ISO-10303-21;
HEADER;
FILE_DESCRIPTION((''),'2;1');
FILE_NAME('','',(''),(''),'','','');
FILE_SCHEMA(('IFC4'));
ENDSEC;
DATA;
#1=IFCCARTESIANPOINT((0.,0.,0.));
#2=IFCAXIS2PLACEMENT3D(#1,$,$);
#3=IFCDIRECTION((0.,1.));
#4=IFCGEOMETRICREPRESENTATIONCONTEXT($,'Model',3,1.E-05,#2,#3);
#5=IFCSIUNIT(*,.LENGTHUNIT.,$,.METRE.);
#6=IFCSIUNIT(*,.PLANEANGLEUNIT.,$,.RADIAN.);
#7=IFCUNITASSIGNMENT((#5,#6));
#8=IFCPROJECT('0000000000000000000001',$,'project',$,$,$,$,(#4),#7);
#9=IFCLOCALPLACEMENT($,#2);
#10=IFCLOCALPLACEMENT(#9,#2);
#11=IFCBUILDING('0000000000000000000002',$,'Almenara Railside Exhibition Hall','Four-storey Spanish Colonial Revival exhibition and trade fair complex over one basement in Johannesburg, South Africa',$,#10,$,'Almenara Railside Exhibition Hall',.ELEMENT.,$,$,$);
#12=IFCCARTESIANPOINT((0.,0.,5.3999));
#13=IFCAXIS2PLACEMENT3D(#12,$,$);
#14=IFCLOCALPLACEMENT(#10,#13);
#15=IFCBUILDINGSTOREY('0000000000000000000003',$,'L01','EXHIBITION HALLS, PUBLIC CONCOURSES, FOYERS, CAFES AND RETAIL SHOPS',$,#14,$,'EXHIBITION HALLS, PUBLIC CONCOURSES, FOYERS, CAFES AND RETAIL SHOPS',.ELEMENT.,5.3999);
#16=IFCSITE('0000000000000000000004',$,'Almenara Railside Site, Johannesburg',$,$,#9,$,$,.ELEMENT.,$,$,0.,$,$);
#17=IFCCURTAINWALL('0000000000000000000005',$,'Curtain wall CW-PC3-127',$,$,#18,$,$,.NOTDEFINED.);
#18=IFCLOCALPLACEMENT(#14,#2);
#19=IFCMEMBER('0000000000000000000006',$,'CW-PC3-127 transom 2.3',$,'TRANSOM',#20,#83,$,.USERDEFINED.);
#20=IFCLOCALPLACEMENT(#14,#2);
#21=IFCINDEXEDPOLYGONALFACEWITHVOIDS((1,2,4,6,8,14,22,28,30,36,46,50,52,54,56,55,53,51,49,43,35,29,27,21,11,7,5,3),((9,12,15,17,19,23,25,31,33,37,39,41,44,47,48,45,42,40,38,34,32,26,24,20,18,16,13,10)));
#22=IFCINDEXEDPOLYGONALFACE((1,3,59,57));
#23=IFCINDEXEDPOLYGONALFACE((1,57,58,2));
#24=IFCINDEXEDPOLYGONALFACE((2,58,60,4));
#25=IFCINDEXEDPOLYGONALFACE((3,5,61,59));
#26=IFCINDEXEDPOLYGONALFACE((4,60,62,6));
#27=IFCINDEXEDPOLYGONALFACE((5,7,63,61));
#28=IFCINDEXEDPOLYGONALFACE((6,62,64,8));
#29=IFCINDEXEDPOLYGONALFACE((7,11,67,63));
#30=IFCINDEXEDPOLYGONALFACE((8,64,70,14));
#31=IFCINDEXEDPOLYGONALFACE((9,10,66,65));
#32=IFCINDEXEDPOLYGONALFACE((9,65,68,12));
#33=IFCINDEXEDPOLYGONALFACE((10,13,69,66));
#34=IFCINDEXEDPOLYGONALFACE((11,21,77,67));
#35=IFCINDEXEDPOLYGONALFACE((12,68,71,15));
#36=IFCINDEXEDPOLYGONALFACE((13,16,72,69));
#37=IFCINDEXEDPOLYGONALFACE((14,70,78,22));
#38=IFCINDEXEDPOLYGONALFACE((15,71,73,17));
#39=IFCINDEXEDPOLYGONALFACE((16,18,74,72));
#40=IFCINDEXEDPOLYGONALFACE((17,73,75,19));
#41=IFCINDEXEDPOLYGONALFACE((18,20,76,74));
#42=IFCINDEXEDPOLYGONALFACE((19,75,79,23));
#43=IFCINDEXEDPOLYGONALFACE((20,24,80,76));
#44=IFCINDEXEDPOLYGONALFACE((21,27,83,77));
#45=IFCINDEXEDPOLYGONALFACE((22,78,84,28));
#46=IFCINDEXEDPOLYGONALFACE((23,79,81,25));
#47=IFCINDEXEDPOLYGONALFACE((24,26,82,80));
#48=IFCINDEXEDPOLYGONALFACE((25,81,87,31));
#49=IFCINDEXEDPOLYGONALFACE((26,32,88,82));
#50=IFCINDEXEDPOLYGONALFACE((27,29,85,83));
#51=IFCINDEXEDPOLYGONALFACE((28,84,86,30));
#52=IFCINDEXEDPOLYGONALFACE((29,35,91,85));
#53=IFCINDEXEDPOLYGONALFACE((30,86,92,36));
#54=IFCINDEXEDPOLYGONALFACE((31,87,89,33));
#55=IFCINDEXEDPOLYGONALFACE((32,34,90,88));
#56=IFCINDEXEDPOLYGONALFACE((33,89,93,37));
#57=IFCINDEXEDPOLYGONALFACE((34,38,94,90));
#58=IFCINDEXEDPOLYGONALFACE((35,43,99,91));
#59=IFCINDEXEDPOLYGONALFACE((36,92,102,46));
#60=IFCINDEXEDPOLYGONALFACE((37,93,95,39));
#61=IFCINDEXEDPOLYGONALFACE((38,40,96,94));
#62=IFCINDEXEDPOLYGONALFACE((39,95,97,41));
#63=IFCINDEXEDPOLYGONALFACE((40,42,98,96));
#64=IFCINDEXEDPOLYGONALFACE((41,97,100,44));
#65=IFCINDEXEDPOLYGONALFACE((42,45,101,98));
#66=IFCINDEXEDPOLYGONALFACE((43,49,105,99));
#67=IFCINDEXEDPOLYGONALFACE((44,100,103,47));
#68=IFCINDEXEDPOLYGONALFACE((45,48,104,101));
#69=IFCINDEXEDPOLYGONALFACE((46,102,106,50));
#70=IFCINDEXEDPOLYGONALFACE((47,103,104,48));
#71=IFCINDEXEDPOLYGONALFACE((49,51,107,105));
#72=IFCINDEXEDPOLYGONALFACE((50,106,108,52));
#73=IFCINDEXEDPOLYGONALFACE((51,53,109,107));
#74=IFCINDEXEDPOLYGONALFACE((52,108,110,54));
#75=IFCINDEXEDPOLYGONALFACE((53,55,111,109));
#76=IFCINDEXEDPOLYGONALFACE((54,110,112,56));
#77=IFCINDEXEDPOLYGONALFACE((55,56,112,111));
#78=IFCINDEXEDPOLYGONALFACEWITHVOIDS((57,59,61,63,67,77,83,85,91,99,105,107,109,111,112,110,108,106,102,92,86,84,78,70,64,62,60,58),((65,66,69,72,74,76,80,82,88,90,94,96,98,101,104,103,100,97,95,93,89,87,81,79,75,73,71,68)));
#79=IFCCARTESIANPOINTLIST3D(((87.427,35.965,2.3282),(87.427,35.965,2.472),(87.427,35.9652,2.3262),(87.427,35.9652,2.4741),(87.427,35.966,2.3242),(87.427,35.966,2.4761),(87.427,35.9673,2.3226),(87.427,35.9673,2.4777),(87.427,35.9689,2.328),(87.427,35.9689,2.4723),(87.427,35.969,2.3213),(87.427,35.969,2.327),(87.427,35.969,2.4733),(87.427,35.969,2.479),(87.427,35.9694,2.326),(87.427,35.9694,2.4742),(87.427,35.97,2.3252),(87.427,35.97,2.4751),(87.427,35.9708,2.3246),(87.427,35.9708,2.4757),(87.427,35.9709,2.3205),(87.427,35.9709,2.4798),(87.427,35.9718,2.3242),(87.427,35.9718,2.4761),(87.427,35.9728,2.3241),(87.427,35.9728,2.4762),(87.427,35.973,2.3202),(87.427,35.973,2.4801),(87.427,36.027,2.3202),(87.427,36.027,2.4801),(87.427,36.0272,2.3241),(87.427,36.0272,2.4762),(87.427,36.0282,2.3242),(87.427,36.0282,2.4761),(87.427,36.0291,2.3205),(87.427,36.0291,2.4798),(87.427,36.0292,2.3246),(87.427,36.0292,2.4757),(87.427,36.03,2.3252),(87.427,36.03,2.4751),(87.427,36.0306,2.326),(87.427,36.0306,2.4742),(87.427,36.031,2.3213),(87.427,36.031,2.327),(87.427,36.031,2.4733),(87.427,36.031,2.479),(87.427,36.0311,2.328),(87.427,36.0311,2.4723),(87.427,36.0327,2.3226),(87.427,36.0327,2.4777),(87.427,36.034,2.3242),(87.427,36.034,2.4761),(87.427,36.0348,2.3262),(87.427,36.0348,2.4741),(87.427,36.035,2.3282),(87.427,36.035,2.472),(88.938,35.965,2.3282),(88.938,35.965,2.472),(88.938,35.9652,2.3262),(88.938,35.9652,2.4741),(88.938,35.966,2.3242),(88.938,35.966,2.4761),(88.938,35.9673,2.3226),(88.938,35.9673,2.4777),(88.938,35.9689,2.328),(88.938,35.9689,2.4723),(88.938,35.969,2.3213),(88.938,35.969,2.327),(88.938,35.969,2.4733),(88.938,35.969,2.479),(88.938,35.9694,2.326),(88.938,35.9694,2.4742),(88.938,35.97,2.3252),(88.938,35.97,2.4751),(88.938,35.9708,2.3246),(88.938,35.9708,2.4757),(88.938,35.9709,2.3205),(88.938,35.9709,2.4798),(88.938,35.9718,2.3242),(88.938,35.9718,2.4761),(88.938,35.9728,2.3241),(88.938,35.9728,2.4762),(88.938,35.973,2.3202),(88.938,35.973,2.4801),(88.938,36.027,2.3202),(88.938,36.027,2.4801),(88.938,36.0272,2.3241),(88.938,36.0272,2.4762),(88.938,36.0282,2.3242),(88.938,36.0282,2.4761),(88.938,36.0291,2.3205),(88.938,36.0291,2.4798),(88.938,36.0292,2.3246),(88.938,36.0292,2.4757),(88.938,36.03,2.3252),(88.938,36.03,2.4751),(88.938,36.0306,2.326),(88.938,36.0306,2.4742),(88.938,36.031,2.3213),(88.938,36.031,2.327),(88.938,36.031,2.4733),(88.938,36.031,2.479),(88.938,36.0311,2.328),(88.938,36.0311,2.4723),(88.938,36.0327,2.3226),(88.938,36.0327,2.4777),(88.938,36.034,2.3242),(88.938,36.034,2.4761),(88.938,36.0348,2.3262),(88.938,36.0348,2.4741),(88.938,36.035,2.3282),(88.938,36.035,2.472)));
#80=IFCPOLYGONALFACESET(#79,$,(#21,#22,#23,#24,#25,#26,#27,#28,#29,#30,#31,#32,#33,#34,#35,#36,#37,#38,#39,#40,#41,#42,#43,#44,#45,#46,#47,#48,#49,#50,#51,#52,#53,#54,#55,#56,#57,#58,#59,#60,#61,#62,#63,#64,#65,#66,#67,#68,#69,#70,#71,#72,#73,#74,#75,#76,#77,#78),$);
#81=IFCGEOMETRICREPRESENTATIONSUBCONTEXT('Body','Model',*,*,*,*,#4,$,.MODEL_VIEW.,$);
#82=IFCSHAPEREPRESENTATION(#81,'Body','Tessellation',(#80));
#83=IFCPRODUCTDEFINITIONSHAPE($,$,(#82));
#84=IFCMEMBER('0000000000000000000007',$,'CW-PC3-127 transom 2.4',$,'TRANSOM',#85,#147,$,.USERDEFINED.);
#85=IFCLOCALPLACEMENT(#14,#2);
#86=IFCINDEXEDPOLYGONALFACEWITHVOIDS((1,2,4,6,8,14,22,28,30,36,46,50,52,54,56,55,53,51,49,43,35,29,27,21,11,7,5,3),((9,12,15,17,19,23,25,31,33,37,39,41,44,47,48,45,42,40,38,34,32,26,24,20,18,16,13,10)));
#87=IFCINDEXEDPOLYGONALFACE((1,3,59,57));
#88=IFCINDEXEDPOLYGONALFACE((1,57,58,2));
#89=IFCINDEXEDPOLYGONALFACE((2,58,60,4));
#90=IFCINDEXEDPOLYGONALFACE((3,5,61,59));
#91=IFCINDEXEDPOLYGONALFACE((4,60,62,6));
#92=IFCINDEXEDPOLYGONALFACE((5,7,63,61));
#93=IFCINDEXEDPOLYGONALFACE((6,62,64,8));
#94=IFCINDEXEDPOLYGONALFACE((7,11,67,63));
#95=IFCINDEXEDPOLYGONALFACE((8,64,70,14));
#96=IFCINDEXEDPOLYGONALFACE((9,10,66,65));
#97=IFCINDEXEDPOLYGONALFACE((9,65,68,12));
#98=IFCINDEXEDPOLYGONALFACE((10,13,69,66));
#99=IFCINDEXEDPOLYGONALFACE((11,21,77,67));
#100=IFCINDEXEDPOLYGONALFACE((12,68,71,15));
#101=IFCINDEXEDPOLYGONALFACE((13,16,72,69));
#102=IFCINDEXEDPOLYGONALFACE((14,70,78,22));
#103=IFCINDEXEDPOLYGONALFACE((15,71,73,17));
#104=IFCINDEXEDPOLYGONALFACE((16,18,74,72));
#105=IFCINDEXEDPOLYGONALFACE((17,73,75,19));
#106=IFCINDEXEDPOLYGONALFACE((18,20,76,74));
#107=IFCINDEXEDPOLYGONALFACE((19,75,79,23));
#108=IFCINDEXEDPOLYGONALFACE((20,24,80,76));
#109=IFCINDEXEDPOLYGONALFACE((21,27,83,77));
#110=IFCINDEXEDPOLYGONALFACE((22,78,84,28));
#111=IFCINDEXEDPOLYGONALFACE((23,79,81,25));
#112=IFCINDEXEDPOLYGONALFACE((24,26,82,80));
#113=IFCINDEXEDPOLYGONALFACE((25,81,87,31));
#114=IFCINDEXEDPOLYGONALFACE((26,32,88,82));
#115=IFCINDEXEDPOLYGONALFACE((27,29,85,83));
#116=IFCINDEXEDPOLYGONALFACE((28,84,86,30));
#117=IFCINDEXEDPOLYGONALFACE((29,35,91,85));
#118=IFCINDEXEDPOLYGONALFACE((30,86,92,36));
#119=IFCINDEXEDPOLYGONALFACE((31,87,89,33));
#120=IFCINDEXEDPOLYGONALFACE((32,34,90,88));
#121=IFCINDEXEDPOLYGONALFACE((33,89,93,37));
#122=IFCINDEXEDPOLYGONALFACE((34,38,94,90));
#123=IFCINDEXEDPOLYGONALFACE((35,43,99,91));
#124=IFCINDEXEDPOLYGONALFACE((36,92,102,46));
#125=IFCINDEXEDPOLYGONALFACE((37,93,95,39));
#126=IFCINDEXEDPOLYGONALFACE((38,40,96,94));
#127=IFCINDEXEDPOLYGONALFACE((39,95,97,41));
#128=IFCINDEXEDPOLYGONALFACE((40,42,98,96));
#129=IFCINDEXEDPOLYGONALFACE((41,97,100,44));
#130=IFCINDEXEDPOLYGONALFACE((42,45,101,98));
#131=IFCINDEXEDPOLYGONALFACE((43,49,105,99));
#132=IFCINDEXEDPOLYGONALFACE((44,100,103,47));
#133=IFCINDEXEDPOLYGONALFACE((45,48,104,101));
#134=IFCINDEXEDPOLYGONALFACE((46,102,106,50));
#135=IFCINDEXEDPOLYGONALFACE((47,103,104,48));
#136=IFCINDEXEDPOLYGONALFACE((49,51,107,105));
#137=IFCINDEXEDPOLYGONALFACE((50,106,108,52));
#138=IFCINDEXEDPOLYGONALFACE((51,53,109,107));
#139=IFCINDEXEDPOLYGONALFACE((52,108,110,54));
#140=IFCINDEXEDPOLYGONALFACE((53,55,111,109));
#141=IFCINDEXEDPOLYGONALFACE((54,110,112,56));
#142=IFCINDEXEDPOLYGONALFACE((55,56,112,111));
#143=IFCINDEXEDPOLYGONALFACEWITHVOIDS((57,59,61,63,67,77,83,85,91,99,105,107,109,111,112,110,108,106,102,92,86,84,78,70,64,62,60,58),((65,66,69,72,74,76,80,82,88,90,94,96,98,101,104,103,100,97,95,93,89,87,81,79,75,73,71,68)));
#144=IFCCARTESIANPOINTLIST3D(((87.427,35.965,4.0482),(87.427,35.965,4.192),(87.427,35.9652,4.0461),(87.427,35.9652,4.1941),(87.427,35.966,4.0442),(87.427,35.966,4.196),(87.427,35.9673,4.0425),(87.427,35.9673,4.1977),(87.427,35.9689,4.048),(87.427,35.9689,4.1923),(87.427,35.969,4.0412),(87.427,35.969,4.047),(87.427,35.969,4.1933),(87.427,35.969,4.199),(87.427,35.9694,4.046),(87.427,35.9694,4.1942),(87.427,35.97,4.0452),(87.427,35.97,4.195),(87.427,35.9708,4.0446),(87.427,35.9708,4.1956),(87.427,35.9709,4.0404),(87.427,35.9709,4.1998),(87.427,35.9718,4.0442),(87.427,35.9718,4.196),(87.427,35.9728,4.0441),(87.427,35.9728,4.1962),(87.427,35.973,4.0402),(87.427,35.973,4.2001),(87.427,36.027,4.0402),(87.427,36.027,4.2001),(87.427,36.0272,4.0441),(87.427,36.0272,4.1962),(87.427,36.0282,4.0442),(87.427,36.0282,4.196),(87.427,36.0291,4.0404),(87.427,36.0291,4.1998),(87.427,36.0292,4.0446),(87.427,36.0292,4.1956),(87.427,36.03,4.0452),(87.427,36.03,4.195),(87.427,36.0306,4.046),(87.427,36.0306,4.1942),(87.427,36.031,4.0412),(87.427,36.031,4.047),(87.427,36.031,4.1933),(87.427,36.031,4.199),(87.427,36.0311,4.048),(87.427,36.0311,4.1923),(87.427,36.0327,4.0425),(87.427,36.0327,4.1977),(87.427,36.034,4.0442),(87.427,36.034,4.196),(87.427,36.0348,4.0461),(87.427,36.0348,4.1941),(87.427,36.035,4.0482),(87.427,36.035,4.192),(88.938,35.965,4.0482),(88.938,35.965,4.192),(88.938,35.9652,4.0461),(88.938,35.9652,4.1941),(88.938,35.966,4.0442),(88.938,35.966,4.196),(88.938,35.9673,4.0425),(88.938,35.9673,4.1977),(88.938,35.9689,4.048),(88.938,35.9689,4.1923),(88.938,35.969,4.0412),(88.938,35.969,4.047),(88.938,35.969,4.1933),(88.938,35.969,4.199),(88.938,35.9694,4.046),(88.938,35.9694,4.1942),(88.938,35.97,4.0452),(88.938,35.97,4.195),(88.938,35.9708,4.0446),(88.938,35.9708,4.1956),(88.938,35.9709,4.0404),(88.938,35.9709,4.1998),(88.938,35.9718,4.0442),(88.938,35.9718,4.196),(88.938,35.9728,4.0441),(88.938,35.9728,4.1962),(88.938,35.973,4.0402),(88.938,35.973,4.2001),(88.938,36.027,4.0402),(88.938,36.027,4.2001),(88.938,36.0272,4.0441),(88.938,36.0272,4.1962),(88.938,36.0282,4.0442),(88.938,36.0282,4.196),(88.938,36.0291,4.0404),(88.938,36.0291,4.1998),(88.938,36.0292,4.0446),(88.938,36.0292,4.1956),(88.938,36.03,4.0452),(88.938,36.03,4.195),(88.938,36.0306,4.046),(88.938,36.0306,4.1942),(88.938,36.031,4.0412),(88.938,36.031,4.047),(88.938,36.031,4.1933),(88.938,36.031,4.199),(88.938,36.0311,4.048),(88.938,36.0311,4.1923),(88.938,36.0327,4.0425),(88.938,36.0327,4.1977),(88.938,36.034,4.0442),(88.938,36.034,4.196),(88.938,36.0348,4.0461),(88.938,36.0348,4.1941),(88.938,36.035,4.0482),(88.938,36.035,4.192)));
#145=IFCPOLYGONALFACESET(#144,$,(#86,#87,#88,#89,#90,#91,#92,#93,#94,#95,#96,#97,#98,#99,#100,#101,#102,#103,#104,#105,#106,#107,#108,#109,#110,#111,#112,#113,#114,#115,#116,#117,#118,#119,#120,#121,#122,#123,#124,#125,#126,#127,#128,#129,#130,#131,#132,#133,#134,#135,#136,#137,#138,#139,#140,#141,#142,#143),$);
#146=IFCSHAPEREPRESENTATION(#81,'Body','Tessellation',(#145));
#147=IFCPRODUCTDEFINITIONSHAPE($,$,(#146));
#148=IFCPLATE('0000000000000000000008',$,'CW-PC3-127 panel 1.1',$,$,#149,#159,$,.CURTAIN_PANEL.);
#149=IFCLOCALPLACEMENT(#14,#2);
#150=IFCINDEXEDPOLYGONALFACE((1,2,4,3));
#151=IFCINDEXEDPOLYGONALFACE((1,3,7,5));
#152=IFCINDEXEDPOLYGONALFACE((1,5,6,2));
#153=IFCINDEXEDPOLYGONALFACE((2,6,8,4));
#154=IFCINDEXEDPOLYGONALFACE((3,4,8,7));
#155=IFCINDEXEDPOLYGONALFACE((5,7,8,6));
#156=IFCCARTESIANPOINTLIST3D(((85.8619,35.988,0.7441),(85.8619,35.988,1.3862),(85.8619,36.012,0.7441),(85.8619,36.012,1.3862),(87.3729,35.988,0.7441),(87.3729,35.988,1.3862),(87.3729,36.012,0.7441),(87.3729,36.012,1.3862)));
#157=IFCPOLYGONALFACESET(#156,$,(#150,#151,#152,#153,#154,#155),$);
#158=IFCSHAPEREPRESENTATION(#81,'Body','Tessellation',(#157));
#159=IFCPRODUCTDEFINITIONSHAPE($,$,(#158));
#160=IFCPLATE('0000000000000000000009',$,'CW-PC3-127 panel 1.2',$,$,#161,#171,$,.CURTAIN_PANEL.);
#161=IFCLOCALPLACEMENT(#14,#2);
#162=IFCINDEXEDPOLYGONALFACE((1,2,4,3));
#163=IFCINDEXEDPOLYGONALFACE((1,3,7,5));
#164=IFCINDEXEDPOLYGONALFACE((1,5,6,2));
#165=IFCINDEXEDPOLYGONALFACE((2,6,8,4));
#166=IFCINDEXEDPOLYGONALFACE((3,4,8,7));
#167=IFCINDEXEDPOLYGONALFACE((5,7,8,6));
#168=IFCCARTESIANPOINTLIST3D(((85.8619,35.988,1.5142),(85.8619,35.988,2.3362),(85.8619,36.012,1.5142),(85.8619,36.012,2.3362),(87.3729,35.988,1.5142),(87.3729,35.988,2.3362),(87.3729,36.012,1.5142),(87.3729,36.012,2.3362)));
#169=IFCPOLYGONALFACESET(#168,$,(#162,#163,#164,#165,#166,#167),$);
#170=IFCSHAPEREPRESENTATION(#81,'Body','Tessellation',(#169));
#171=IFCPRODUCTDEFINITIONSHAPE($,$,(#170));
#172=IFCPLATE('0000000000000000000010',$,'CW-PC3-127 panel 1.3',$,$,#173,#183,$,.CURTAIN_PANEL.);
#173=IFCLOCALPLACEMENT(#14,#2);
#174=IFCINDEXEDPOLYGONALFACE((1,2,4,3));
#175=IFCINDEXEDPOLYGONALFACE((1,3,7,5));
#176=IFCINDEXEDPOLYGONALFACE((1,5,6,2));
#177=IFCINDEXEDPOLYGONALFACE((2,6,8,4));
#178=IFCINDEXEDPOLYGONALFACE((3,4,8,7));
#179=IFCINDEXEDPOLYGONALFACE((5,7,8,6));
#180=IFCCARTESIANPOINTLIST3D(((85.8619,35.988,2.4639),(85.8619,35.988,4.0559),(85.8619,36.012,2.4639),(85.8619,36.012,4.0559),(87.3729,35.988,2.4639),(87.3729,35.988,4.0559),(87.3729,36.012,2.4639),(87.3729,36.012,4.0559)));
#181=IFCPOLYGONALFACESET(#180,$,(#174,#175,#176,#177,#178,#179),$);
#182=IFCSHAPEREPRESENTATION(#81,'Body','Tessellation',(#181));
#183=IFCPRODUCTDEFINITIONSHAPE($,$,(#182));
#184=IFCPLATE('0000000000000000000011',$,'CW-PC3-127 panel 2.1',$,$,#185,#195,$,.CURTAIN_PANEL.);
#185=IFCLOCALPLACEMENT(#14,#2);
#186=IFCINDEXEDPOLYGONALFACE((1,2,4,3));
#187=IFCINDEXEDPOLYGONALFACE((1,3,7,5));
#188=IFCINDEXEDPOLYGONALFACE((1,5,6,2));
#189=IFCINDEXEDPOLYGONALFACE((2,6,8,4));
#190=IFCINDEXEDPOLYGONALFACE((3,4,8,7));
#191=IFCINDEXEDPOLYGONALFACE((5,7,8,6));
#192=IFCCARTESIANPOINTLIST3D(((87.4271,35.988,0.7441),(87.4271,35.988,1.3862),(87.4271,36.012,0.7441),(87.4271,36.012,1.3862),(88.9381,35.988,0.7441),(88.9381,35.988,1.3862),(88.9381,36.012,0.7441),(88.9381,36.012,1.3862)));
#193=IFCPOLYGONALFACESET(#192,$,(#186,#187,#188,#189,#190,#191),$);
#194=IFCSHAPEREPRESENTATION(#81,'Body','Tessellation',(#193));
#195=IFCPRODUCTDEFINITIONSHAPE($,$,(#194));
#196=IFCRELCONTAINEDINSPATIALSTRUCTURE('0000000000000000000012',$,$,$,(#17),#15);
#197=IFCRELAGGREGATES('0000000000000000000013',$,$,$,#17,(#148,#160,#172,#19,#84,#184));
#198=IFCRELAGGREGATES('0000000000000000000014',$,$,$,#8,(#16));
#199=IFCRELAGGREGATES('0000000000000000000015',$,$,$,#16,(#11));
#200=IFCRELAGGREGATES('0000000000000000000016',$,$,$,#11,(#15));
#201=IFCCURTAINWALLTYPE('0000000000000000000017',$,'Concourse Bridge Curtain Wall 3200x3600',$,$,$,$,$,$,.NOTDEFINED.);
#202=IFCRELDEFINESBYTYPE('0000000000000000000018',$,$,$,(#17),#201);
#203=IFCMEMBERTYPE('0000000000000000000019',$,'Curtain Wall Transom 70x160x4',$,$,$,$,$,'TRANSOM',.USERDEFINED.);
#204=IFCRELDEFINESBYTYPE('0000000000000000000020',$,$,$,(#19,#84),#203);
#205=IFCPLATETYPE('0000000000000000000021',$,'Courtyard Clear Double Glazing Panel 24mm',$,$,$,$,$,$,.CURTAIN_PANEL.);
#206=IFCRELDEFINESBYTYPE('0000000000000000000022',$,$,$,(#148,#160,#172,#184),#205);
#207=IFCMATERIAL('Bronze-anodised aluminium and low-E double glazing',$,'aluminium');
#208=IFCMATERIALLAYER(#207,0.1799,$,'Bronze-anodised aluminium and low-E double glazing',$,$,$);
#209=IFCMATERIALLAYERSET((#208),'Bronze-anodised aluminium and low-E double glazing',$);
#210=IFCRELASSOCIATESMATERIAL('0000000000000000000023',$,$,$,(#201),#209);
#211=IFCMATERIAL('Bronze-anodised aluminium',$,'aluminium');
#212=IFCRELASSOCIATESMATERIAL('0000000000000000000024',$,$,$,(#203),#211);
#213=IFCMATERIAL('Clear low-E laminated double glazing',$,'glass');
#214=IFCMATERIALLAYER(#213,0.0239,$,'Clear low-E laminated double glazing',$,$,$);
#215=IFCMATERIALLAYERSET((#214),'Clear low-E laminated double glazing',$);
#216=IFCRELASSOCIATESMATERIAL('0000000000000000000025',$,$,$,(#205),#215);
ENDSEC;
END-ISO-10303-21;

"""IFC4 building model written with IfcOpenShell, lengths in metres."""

from ifc_helpers import new_model, si_unit, direction, frame, origin, origin_2d, place, context, subcontext, project, spatial, rectangle, hollow_rectangle, extrude, material, layer, layer_set, material_profile, profile_set, type_object, element, aggregate, save


model = new_model("IFC4")

# Units and contexts
model_context = context("Model", 3, precision=1e-05, world=origin(), true_north=direction((0.0, 1.0)))
body_context = subcontext(model_context, "Body", "Model", "MODEL_VIEW")
ifc_project = project(units=[si_unit("LENGTHUNIT", "METRE"), si_unit("PLANEANGLEUNIT", "RADIAN")], contexts=[model_context])

# Site, building, storey
site_placement = place(None, origin())
site = spatial("IfcSite", under=ifc_project, at=site_placement, Name="Almenara Railside Site, Johannesburg", CompositionType="ELEMENT", RefElevation=0.0)
building_placement = place(site_placement, origin())
building = spatial("IfcBuilding", under=site, at=building_placement, Name="Almenara Railside Exhibition Hall", Description="Four-storey Spanish Colonial Revival exhibition and trade fair complex over one basement in Johannesburg, South Africa", LongName="Almenara Railside Exhibition Hall", CompositionType="ELEMENT")
storey_placement = place(building_placement, frame((0.0, 0.0, 5.3999)))
storey = spatial("IfcBuildingStorey", under=building, at=storey_placement, Name="L01", Description="EXHIBITION HALLS, PUBLIC CONCOURSES, FOYERS, CAFES AND RETAIL SHOPS", LongName="EXHIBITION HALLS, PUBLIC CONCOURSES, FOYERS, CAFES AND RETAIL SHOPS", CompositionType="ELEMENT", Elevation=5.3999)

# Curtain wall
ifc_material_1 = material(Name="Bronze-anodised aluminium and low-E double glazing", Category="aluminium")
ifc_material_2 = material(Name="Bronze-anodised aluminium", Category="aluminium")
ifc_layer_1 = layer(ifc_material_1, 0.1799, Name="Bronze-anodised aluminium and low-E double glazing")
ifc_layer_set_1 = layer_set([ifc_layer_1], Name="Bronze-anodised aluminium and low-E double glazing")
curtain_wall_type_1 = type_object("IfcCurtainWallType", Name="Concourse Bridge Curtain Wall 3200x3600", PredefinedType="NOTDEFINED", material=ifc_layer_set_1)
curtain_wall_1_placement = place(storey_placement, origin())
curtain_wall_1 = element("IfcCurtainWall", 1, at=curtain_wall_1_placement, inside=storey, type_object=curtain_wall_type_1, Name="Curtain wall CW-PC3-127", PredefinedType="NOTDEFINED")

# Members
ifc_material_profile_1 = material_profile(ifc_material_2, hollow_rectangle(XDim=0.0701, YDim=0.1599, WallThickness=0.0039, InnerFilletRadius=0.0039, OuterFilletRadius=0.0081, at=origin_2d()), Name="ALU-TRN 70x160x4")
ifc_profile_set_1 = profile_set([ifc_material_profile_1], Name="Bronze-anodised aluminium")
member_type_1 = type_object("IfcMemberType", Name="Curtain Wall Transom 70x160x4", ElementType="TRANSOM", PredefinedType="USERDEFINED", material=ifc_profile_set_1)
member_1_placement = place(storey_placement, frame((87.427, 36.0, 2.4001), z_axis=(1.0, 0.0, 0.0), x_axis=(0.0, 1.0, 0.0)))
member_1 = element("IfcMember", 2, at=member_1_placement, type_object=member_type_1, Name="CW-PC3-127 transom 2.3", ObjectType="TRANSOM", PredefinedType="USERDEFINED", context=body_context, shape_type="SweptSolid", body=[
    extrude(hollow_rectangle(XDim=0.0701, YDim=0.1599, WallThickness=0.0039, InnerFilletRadius=0.0039, OuterFilletRadius=0.0081, at=origin_2d()), origin(), (0.0, 0.0, 1.0), 1.511),
])
member_2_placement = place(storey_placement, frame((87.427, 36.0, 4.1201), z_axis=(1.0, 0.0, 0.0), x_axis=(0.0, 1.0, 0.0)))
member_2 = element("IfcMember", 3, at=member_2_placement, type_object=member_type_1, Name="CW-PC3-127 transom 2.4", ObjectType="TRANSOM", PredefinedType="USERDEFINED", context=body_context, shape_type="SweptSolid", body=[
    extrude(hollow_rectangle(XDim=0.0701, YDim=0.1599, WallThickness=0.0039, InnerFilletRadius=0.0039, OuterFilletRadius=0.0081, at=origin_2d()), origin(), (0.0, 0.0, 1.0), 1.511),
])

# Plates
ifc_material_3 = material(Name="Clear low-E laminated double glazing", Category="glass")
ifc_layer_2 = layer(ifc_material_3, 0.0239, Name="Clear low-E laminated double glazing")
ifc_layer_set_2 = layer_set([ifc_layer_2], Name="Clear low-E laminated double glazing")
plate_type_1 = type_object("IfcPlateType", Name="Courtyard Clear Double Glazing Panel 24mm", PredefinedType="CURTAIN_PANEL", material=ifc_layer_set_2)
plate_1_placement = place(storey_placement, frame((86.6174, 36.0, 0.7441), z_axis=(0.0, 0.0, 1.0), x_axis=(1.0, 0.0, 0.0)))
plate_1 = element("IfcPlate", 4, at=plate_1_placement, type_object=plate_type_1, Name="CW-PC3-127 panel 1.1", PredefinedType="CURTAIN_PANEL", context=body_context, shape_type="SweptSolid", body=[
    extrude(rectangle(XDim=1.511, YDim=0.0239, at=origin_2d()), origin(), (0.0, 0.0, 1.0), 0.6421),
])
plate_2_placement = place(storey_placement, frame((86.6174, 36.0, 1.5142), z_axis=(0.0, 0.0, 1.0), x_axis=(1.0, 0.0, 0.0)))
plate_2 = element("IfcPlate", 5, at=plate_2_placement, type_object=plate_type_1, Name="CW-PC3-127 panel 1.2", PredefinedType="CURTAIN_PANEL", context=body_context, shape_type="SweptSolid", body=[
    extrude(rectangle(XDim=1.511, YDim=0.0239, at=origin_2d()), origin(), (0.0, 0.0, 1.0), 0.822),
])
plate_3_placement = place(storey_placement, frame((86.6174, 36.0, 2.4639), z_axis=(0.0, 0.0, 1.0), x_axis=(1.0, 0.0, 0.0)))
plate_3 = element("IfcPlate", 6, at=plate_3_placement, type_object=plate_type_1, Name="CW-PC3-127 panel 1.3", PredefinedType="CURTAIN_PANEL", context=body_context, shape_type="SweptSolid", body=[
    extrude(rectangle(XDim=1.511, YDim=0.0239, at=origin_2d()), origin(), (0.0, 0.0, 1.0), 1.592),
])
plate_4_placement = place(storey_placement, frame((88.1826, 36.0, 0.7441), z_axis=(0.0, 0.0, 1.0), x_axis=(1.0, 0.0, 0.0)))
plate_4 = element("IfcPlate", 7, at=plate_4_placement, type_object=plate_type_1, Name="CW-PC3-127 panel 2.1", PredefinedType="CURTAIN_PANEL", context=body_context, shape_type="SweptSolid", body=[
    extrude(rectangle(XDim=1.511, YDim=0.0239, at=origin_2d()), origin(), (0.0, 0.0, 1.0), 0.6421),
])
aggregate(curtain_wall_1, [plate_1, plate_2, plate_3, member_1, member_2, plate_4])

save(model, "model.ifc")
